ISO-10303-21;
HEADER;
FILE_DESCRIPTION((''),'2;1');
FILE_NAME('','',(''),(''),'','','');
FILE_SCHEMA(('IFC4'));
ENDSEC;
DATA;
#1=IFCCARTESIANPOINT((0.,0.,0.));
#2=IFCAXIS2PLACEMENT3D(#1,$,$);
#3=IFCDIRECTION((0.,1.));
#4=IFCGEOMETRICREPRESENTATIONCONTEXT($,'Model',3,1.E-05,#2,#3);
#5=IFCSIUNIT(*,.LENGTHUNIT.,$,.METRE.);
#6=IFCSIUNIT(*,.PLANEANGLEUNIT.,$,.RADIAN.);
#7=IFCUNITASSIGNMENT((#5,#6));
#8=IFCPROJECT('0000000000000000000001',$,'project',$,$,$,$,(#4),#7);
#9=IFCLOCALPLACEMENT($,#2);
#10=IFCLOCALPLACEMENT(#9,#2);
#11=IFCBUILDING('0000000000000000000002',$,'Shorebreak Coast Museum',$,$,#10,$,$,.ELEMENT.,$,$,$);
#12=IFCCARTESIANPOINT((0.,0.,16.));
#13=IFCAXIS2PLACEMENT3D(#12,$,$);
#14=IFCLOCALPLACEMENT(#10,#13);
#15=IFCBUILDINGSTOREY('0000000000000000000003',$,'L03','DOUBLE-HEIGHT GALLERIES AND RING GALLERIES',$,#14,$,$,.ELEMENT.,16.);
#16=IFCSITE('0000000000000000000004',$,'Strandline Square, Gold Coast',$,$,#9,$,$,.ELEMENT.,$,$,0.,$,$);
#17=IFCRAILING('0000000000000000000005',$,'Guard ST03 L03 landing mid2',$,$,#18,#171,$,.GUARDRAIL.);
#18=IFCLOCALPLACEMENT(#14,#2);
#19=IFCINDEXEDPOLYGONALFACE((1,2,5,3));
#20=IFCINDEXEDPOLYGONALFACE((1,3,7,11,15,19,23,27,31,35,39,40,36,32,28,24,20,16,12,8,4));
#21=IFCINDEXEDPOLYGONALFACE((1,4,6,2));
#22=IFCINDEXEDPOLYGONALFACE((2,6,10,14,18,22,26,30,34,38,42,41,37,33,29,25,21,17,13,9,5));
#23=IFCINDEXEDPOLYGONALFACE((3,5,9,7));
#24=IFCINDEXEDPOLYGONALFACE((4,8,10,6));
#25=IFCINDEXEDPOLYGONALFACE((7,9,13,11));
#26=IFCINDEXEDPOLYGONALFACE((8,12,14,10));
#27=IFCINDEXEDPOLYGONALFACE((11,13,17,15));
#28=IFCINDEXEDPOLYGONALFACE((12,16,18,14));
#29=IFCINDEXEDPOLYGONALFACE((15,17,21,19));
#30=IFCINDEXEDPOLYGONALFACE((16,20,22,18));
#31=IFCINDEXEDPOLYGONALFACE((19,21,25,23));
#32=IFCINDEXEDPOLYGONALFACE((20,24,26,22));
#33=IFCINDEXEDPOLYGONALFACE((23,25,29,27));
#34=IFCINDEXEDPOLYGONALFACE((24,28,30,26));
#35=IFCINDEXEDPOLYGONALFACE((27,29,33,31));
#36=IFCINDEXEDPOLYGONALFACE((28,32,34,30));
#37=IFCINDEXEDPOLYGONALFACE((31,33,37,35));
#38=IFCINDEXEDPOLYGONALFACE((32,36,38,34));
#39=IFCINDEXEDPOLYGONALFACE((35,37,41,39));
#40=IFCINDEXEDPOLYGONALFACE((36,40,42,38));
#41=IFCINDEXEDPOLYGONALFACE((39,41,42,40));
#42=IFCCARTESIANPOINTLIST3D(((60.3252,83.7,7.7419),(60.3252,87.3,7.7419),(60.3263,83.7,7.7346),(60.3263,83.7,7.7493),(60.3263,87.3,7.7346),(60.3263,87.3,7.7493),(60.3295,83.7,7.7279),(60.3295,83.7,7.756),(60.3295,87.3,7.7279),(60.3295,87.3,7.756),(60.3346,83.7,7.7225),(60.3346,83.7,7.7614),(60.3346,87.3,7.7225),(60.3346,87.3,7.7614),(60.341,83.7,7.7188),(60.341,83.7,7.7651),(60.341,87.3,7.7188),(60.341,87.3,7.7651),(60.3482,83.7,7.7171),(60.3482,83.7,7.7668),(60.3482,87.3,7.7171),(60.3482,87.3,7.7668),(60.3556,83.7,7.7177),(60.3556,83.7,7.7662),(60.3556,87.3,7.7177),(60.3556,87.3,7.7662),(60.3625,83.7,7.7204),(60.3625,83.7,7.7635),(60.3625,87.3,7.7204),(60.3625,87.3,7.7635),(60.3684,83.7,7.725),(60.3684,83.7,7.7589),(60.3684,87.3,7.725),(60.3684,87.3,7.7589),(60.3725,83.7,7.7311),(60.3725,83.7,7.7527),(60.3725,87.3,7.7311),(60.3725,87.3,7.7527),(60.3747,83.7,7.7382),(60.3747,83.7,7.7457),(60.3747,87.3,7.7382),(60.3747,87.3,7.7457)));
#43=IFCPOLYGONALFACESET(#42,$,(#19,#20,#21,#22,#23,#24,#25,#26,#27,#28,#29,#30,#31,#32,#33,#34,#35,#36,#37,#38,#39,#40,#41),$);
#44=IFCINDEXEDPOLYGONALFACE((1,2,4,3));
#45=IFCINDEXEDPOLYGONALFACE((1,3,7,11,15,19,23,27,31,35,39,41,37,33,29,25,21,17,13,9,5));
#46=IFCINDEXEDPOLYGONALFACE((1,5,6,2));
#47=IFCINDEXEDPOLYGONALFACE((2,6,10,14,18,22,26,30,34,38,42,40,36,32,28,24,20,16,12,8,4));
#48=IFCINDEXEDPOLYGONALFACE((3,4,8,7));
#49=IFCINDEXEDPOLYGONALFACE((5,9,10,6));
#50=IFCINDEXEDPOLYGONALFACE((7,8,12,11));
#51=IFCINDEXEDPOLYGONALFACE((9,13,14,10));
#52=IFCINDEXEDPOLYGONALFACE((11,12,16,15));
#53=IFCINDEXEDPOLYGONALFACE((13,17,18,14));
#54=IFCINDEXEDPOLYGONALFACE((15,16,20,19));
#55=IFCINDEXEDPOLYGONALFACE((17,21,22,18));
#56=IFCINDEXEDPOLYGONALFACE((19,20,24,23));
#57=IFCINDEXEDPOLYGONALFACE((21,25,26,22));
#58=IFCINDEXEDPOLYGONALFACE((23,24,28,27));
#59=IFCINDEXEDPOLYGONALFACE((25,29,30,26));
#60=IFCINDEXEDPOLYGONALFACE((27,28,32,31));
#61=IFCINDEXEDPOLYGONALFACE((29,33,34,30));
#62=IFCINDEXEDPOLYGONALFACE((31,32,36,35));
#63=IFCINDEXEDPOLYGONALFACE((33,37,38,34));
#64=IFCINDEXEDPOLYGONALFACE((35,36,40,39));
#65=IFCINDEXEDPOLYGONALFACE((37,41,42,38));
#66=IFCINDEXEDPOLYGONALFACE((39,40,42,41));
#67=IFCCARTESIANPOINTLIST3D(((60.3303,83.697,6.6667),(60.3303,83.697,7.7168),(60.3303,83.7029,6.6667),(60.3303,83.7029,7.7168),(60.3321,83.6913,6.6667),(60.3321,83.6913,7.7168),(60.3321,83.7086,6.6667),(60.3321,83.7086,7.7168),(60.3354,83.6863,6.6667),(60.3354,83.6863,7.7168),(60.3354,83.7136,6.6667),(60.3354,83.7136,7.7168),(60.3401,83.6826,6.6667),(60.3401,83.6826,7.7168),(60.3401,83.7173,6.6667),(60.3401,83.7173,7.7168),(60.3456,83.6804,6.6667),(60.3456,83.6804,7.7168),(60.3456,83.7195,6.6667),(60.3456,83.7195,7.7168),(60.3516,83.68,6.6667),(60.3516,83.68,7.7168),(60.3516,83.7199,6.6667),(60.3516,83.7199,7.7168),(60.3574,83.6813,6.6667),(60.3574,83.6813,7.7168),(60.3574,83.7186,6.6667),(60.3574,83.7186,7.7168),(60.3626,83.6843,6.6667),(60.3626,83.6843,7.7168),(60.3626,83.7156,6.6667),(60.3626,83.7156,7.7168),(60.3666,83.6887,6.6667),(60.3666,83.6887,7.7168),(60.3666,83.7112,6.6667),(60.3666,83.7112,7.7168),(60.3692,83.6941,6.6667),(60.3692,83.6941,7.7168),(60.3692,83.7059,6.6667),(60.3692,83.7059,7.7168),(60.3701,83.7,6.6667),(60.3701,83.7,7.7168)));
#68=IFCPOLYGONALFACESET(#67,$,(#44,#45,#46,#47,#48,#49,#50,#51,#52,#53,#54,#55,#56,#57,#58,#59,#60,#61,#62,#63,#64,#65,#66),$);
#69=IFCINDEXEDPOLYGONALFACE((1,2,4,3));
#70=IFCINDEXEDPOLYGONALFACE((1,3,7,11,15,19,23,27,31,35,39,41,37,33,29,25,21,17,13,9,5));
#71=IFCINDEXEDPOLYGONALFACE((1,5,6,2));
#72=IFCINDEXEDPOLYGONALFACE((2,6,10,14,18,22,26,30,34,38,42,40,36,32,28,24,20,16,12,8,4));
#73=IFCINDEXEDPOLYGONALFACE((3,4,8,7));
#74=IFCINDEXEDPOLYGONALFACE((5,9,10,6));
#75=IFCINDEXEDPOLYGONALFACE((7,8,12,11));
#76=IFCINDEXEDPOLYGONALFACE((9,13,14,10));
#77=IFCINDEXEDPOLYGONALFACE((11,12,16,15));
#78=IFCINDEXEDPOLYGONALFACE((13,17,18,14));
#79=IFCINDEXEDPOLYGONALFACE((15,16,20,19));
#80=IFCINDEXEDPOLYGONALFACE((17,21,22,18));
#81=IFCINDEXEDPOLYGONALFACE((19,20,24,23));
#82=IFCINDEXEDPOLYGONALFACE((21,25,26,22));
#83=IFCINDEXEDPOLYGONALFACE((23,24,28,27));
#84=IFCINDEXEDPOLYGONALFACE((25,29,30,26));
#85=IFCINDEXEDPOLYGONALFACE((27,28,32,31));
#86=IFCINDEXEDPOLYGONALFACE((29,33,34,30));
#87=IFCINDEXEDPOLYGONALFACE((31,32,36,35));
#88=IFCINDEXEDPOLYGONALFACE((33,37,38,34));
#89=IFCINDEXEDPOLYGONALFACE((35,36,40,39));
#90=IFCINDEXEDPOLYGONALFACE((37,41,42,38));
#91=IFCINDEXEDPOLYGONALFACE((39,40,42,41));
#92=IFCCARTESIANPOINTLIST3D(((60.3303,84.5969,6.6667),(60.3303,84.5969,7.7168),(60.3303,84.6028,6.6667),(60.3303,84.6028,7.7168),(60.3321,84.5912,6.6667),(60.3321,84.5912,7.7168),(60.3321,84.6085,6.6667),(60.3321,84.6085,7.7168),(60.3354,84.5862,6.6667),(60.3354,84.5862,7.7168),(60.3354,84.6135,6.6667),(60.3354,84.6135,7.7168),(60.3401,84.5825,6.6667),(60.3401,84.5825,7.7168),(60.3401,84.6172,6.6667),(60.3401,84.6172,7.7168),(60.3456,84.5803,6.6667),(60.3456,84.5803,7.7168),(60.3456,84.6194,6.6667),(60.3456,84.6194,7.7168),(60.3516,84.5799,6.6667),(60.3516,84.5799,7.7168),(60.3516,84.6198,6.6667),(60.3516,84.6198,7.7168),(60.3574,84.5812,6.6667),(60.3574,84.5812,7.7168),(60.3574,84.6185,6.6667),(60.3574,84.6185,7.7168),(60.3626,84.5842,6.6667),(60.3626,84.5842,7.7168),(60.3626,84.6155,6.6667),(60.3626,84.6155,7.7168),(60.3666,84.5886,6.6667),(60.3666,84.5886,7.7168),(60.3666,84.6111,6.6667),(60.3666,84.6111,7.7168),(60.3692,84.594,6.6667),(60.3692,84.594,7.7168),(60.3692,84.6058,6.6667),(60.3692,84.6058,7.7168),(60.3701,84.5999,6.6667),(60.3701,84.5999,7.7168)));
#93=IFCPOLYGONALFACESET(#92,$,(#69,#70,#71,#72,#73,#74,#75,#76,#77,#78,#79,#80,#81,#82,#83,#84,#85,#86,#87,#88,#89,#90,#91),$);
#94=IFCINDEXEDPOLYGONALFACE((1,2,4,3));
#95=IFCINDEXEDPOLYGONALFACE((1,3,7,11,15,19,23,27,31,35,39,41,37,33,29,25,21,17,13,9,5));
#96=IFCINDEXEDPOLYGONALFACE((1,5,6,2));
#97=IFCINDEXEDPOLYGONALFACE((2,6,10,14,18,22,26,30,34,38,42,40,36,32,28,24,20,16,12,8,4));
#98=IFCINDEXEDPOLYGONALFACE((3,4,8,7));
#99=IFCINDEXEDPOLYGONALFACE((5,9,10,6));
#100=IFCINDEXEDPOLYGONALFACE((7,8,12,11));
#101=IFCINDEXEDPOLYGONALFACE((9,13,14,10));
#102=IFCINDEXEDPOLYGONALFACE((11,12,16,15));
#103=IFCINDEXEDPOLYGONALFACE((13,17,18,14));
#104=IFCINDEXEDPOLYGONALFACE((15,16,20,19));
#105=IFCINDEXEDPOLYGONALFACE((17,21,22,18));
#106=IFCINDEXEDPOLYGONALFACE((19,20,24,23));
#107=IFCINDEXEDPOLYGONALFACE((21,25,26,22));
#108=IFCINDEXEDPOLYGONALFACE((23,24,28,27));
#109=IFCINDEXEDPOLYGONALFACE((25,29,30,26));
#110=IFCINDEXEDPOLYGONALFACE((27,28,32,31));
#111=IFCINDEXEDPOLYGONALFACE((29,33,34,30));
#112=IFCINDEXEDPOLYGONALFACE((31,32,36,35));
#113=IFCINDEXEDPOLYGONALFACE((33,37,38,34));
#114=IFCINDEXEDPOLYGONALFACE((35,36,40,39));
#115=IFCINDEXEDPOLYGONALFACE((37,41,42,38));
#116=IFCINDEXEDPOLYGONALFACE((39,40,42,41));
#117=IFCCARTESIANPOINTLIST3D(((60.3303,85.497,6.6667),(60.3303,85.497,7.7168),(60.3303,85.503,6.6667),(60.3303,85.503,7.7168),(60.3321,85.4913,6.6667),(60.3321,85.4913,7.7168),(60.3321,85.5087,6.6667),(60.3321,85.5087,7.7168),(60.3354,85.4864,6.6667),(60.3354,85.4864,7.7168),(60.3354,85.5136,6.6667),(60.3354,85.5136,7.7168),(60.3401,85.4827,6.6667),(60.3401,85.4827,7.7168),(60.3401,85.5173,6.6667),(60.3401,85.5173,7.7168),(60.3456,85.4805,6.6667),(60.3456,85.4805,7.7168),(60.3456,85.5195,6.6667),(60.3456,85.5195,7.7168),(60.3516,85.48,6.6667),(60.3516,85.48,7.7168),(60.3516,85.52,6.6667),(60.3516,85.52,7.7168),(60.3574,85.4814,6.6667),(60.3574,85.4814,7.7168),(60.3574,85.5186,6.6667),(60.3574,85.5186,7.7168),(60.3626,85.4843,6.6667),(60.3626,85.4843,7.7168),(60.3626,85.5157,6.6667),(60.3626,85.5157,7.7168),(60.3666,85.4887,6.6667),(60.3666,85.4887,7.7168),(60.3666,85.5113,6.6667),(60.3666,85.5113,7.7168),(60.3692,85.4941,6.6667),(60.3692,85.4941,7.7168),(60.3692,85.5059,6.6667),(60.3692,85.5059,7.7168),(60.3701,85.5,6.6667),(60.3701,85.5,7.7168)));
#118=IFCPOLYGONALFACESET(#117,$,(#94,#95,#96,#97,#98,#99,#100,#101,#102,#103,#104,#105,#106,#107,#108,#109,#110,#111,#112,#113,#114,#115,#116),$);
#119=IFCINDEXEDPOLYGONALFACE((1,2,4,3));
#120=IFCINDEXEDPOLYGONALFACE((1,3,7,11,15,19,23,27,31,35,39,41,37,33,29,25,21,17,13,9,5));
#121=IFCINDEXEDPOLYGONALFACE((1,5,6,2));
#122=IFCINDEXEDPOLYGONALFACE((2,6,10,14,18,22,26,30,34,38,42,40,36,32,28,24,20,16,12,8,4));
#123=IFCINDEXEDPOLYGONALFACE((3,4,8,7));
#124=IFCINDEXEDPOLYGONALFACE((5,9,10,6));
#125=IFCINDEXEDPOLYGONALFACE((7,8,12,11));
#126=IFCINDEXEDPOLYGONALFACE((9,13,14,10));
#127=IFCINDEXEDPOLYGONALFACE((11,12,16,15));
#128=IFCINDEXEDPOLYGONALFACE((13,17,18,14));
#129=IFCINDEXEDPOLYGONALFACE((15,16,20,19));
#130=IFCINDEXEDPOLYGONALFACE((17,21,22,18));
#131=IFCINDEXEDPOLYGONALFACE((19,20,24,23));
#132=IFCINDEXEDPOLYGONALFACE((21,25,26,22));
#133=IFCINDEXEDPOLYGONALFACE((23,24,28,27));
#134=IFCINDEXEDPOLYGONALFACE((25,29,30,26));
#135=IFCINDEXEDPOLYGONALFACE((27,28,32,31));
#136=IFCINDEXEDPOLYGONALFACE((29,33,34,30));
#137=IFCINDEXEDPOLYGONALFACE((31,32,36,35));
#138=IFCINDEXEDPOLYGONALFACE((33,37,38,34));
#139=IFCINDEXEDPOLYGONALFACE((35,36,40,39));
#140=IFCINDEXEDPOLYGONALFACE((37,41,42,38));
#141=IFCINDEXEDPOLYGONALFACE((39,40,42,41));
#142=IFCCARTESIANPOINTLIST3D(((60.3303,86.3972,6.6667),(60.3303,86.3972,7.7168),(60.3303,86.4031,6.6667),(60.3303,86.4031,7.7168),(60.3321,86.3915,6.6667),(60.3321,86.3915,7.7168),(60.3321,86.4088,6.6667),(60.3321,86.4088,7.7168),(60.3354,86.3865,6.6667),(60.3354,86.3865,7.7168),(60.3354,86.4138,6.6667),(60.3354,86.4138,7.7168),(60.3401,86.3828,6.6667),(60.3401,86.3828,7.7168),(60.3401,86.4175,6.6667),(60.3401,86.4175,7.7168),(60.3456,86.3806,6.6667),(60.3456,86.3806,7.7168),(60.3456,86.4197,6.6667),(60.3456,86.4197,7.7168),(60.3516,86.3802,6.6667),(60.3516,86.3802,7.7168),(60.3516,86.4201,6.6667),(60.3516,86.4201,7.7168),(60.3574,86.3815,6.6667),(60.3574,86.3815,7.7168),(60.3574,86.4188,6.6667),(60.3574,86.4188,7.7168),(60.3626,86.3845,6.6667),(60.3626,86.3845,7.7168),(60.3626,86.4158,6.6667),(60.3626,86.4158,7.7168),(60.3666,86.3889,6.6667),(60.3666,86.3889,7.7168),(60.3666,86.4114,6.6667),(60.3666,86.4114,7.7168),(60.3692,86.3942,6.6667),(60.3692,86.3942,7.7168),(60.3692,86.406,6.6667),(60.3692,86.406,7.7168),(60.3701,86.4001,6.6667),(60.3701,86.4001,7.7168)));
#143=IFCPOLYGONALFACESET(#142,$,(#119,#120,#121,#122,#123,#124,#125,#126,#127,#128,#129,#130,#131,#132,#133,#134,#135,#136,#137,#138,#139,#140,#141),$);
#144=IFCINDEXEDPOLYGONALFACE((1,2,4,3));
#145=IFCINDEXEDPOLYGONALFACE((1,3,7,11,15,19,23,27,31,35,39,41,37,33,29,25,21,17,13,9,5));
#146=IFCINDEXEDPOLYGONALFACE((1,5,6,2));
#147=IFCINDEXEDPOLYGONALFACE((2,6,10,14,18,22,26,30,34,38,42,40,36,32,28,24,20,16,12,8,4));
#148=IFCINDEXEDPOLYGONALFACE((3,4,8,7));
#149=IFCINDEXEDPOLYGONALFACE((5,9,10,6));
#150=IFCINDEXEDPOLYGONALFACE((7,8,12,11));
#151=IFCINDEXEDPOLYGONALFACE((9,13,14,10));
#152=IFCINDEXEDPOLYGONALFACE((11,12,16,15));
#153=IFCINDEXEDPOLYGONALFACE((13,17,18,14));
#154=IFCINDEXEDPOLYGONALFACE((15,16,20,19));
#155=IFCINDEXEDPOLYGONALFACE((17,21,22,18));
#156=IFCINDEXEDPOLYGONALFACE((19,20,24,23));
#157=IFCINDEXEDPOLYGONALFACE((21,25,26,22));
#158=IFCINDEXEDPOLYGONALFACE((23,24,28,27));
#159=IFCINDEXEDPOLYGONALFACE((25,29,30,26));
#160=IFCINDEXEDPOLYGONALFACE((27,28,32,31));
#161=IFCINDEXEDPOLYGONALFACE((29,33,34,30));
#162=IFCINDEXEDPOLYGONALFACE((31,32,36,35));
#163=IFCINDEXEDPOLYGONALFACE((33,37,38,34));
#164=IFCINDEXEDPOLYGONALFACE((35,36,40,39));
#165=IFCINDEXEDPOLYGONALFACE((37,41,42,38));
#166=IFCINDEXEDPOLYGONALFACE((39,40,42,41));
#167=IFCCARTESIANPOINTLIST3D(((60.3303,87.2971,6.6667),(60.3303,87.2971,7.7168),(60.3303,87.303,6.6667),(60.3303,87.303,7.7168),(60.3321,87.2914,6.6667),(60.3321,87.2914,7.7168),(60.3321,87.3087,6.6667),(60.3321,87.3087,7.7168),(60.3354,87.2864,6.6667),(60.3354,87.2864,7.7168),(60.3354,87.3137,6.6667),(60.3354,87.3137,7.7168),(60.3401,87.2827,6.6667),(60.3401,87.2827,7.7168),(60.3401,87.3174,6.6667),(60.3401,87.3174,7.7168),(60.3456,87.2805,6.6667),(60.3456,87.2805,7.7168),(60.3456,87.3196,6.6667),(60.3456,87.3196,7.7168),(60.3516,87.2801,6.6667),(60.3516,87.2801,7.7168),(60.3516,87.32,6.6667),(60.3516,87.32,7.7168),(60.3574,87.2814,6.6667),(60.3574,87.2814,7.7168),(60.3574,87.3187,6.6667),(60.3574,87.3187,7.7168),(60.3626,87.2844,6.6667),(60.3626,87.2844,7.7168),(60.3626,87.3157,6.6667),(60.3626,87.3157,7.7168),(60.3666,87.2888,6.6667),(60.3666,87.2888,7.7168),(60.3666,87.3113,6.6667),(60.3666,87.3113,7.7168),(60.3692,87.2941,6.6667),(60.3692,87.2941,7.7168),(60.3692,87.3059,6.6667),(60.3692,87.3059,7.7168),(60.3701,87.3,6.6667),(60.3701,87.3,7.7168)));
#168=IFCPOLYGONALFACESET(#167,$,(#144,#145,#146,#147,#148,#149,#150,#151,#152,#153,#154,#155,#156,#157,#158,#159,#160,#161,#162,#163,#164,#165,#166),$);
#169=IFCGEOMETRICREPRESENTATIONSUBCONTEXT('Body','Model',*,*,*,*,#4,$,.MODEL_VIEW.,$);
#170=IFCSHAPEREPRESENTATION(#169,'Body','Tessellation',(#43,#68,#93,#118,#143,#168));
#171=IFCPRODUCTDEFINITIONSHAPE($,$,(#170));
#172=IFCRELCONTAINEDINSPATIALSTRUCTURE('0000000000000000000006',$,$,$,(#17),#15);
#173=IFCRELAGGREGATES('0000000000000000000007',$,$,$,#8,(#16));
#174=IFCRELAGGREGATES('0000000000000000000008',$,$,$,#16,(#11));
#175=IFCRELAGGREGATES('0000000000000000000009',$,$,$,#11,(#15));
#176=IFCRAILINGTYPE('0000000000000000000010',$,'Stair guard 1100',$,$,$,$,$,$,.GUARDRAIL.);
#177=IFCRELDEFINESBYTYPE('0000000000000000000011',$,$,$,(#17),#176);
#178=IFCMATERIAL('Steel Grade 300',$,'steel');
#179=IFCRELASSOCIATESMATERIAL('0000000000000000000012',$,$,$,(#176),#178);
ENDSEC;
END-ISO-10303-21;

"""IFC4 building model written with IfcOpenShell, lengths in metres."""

from ifc_helpers import new_model, si_unit, direction, frame, origin, origin_2d, place, context, subcontext, project, spatial, circle, extrude, material, type_object, element, save


model = new_model("IFC4")

# Units and contexts
model_context = context("Model", 3, precision=1e-05, world=origin(), true_north=direction((0.0, 1.0)))
body_context = subcontext(model_context, "Body", "Model", "MODEL_VIEW")
ifc_project = project(units=[si_unit("LENGTHUNIT", "METRE"), si_unit("PLANEANGLEUNIT", "RADIAN")], contexts=[model_context])

# Site, building, storey
site_placement = place(None, origin())
site = spatial("IfcSite", under=ifc_project, at=site_placement, Name="Strandline Square, Gold Coast", CompositionType="ELEMENT", RefElevation=0.0)
building_placement = place(site_placement, origin())
building = spatial("IfcBuilding", under=site, at=building_placement, Name="Shorebreak Coast Museum", CompositionType="ELEMENT")
storey_placement = place(building_placement, frame((0.0, 0.0, 16.0)))
storey = spatial("IfcBuildingStorey", under=building, at=storey_placement, Name="L03", Description="DOUBLE-HEIGHT GALLERIES AND RING GALLERIES", CompositionType="ELEMENT", Elevation=16.0)

# Railing
ifc_material_1 = material(Name="Steel Grade 300", Category="steel")
railing_type_1 = type_object("IfcRailingType", Name="Stair guard 1100", PredefinedType="GUARDRAIL", material=ifc_material_1)
railing_1_placement = place(storey_placement, frame((60.3501, 83.7, 6.6667)))
element("IfcRailing", 1, at=railing_1_placement, inside=storey, type_object=railing_type_1, Name="Guard ST03 L03 landing mid2", PredefinedType="GUARDRAIL", context=body_context, shape_type="SweptSolid", body=[
    extrude(circle(Radius=0.0249, at=origin_2d()), frame((0.0, 0.0, 1.0752), z_axis=(0.0, 1.0, 0.0), x_axis=(-1.0, 0.0, 0.0)), (0.0, 0.0, 1.0), 3.6001),
    extrude(circle(Radius=0.02, at=origin_2d()), origin(), (0.0, 0.0, 1.0), 1.05),
    extrude(circle(Radius=0.02, at=origin_2d()), frame((0.0, 0.8999, 0.0)), (0.0, 0.0, 1.0), 1.05),
    extrude(circle(Radius=0.02, at=origin_2d()), frame((0.0, 1.8, 0.0)), (0.0, 0.0, 1.0), 1.05),
    extrude(circle(Radius=0.02, at=origin_2d()), frame((0.0, 2.7002, 0.0)), (0.0, 0.0, 1.0), 1.05),
    extrude(circle(Radius=0.02, at=origin_2d()), frame((0.0, 3.6001, 0.0)), (0.0, 0.0, 1.0), 1.05),
])

save(model, "model.ifc")
